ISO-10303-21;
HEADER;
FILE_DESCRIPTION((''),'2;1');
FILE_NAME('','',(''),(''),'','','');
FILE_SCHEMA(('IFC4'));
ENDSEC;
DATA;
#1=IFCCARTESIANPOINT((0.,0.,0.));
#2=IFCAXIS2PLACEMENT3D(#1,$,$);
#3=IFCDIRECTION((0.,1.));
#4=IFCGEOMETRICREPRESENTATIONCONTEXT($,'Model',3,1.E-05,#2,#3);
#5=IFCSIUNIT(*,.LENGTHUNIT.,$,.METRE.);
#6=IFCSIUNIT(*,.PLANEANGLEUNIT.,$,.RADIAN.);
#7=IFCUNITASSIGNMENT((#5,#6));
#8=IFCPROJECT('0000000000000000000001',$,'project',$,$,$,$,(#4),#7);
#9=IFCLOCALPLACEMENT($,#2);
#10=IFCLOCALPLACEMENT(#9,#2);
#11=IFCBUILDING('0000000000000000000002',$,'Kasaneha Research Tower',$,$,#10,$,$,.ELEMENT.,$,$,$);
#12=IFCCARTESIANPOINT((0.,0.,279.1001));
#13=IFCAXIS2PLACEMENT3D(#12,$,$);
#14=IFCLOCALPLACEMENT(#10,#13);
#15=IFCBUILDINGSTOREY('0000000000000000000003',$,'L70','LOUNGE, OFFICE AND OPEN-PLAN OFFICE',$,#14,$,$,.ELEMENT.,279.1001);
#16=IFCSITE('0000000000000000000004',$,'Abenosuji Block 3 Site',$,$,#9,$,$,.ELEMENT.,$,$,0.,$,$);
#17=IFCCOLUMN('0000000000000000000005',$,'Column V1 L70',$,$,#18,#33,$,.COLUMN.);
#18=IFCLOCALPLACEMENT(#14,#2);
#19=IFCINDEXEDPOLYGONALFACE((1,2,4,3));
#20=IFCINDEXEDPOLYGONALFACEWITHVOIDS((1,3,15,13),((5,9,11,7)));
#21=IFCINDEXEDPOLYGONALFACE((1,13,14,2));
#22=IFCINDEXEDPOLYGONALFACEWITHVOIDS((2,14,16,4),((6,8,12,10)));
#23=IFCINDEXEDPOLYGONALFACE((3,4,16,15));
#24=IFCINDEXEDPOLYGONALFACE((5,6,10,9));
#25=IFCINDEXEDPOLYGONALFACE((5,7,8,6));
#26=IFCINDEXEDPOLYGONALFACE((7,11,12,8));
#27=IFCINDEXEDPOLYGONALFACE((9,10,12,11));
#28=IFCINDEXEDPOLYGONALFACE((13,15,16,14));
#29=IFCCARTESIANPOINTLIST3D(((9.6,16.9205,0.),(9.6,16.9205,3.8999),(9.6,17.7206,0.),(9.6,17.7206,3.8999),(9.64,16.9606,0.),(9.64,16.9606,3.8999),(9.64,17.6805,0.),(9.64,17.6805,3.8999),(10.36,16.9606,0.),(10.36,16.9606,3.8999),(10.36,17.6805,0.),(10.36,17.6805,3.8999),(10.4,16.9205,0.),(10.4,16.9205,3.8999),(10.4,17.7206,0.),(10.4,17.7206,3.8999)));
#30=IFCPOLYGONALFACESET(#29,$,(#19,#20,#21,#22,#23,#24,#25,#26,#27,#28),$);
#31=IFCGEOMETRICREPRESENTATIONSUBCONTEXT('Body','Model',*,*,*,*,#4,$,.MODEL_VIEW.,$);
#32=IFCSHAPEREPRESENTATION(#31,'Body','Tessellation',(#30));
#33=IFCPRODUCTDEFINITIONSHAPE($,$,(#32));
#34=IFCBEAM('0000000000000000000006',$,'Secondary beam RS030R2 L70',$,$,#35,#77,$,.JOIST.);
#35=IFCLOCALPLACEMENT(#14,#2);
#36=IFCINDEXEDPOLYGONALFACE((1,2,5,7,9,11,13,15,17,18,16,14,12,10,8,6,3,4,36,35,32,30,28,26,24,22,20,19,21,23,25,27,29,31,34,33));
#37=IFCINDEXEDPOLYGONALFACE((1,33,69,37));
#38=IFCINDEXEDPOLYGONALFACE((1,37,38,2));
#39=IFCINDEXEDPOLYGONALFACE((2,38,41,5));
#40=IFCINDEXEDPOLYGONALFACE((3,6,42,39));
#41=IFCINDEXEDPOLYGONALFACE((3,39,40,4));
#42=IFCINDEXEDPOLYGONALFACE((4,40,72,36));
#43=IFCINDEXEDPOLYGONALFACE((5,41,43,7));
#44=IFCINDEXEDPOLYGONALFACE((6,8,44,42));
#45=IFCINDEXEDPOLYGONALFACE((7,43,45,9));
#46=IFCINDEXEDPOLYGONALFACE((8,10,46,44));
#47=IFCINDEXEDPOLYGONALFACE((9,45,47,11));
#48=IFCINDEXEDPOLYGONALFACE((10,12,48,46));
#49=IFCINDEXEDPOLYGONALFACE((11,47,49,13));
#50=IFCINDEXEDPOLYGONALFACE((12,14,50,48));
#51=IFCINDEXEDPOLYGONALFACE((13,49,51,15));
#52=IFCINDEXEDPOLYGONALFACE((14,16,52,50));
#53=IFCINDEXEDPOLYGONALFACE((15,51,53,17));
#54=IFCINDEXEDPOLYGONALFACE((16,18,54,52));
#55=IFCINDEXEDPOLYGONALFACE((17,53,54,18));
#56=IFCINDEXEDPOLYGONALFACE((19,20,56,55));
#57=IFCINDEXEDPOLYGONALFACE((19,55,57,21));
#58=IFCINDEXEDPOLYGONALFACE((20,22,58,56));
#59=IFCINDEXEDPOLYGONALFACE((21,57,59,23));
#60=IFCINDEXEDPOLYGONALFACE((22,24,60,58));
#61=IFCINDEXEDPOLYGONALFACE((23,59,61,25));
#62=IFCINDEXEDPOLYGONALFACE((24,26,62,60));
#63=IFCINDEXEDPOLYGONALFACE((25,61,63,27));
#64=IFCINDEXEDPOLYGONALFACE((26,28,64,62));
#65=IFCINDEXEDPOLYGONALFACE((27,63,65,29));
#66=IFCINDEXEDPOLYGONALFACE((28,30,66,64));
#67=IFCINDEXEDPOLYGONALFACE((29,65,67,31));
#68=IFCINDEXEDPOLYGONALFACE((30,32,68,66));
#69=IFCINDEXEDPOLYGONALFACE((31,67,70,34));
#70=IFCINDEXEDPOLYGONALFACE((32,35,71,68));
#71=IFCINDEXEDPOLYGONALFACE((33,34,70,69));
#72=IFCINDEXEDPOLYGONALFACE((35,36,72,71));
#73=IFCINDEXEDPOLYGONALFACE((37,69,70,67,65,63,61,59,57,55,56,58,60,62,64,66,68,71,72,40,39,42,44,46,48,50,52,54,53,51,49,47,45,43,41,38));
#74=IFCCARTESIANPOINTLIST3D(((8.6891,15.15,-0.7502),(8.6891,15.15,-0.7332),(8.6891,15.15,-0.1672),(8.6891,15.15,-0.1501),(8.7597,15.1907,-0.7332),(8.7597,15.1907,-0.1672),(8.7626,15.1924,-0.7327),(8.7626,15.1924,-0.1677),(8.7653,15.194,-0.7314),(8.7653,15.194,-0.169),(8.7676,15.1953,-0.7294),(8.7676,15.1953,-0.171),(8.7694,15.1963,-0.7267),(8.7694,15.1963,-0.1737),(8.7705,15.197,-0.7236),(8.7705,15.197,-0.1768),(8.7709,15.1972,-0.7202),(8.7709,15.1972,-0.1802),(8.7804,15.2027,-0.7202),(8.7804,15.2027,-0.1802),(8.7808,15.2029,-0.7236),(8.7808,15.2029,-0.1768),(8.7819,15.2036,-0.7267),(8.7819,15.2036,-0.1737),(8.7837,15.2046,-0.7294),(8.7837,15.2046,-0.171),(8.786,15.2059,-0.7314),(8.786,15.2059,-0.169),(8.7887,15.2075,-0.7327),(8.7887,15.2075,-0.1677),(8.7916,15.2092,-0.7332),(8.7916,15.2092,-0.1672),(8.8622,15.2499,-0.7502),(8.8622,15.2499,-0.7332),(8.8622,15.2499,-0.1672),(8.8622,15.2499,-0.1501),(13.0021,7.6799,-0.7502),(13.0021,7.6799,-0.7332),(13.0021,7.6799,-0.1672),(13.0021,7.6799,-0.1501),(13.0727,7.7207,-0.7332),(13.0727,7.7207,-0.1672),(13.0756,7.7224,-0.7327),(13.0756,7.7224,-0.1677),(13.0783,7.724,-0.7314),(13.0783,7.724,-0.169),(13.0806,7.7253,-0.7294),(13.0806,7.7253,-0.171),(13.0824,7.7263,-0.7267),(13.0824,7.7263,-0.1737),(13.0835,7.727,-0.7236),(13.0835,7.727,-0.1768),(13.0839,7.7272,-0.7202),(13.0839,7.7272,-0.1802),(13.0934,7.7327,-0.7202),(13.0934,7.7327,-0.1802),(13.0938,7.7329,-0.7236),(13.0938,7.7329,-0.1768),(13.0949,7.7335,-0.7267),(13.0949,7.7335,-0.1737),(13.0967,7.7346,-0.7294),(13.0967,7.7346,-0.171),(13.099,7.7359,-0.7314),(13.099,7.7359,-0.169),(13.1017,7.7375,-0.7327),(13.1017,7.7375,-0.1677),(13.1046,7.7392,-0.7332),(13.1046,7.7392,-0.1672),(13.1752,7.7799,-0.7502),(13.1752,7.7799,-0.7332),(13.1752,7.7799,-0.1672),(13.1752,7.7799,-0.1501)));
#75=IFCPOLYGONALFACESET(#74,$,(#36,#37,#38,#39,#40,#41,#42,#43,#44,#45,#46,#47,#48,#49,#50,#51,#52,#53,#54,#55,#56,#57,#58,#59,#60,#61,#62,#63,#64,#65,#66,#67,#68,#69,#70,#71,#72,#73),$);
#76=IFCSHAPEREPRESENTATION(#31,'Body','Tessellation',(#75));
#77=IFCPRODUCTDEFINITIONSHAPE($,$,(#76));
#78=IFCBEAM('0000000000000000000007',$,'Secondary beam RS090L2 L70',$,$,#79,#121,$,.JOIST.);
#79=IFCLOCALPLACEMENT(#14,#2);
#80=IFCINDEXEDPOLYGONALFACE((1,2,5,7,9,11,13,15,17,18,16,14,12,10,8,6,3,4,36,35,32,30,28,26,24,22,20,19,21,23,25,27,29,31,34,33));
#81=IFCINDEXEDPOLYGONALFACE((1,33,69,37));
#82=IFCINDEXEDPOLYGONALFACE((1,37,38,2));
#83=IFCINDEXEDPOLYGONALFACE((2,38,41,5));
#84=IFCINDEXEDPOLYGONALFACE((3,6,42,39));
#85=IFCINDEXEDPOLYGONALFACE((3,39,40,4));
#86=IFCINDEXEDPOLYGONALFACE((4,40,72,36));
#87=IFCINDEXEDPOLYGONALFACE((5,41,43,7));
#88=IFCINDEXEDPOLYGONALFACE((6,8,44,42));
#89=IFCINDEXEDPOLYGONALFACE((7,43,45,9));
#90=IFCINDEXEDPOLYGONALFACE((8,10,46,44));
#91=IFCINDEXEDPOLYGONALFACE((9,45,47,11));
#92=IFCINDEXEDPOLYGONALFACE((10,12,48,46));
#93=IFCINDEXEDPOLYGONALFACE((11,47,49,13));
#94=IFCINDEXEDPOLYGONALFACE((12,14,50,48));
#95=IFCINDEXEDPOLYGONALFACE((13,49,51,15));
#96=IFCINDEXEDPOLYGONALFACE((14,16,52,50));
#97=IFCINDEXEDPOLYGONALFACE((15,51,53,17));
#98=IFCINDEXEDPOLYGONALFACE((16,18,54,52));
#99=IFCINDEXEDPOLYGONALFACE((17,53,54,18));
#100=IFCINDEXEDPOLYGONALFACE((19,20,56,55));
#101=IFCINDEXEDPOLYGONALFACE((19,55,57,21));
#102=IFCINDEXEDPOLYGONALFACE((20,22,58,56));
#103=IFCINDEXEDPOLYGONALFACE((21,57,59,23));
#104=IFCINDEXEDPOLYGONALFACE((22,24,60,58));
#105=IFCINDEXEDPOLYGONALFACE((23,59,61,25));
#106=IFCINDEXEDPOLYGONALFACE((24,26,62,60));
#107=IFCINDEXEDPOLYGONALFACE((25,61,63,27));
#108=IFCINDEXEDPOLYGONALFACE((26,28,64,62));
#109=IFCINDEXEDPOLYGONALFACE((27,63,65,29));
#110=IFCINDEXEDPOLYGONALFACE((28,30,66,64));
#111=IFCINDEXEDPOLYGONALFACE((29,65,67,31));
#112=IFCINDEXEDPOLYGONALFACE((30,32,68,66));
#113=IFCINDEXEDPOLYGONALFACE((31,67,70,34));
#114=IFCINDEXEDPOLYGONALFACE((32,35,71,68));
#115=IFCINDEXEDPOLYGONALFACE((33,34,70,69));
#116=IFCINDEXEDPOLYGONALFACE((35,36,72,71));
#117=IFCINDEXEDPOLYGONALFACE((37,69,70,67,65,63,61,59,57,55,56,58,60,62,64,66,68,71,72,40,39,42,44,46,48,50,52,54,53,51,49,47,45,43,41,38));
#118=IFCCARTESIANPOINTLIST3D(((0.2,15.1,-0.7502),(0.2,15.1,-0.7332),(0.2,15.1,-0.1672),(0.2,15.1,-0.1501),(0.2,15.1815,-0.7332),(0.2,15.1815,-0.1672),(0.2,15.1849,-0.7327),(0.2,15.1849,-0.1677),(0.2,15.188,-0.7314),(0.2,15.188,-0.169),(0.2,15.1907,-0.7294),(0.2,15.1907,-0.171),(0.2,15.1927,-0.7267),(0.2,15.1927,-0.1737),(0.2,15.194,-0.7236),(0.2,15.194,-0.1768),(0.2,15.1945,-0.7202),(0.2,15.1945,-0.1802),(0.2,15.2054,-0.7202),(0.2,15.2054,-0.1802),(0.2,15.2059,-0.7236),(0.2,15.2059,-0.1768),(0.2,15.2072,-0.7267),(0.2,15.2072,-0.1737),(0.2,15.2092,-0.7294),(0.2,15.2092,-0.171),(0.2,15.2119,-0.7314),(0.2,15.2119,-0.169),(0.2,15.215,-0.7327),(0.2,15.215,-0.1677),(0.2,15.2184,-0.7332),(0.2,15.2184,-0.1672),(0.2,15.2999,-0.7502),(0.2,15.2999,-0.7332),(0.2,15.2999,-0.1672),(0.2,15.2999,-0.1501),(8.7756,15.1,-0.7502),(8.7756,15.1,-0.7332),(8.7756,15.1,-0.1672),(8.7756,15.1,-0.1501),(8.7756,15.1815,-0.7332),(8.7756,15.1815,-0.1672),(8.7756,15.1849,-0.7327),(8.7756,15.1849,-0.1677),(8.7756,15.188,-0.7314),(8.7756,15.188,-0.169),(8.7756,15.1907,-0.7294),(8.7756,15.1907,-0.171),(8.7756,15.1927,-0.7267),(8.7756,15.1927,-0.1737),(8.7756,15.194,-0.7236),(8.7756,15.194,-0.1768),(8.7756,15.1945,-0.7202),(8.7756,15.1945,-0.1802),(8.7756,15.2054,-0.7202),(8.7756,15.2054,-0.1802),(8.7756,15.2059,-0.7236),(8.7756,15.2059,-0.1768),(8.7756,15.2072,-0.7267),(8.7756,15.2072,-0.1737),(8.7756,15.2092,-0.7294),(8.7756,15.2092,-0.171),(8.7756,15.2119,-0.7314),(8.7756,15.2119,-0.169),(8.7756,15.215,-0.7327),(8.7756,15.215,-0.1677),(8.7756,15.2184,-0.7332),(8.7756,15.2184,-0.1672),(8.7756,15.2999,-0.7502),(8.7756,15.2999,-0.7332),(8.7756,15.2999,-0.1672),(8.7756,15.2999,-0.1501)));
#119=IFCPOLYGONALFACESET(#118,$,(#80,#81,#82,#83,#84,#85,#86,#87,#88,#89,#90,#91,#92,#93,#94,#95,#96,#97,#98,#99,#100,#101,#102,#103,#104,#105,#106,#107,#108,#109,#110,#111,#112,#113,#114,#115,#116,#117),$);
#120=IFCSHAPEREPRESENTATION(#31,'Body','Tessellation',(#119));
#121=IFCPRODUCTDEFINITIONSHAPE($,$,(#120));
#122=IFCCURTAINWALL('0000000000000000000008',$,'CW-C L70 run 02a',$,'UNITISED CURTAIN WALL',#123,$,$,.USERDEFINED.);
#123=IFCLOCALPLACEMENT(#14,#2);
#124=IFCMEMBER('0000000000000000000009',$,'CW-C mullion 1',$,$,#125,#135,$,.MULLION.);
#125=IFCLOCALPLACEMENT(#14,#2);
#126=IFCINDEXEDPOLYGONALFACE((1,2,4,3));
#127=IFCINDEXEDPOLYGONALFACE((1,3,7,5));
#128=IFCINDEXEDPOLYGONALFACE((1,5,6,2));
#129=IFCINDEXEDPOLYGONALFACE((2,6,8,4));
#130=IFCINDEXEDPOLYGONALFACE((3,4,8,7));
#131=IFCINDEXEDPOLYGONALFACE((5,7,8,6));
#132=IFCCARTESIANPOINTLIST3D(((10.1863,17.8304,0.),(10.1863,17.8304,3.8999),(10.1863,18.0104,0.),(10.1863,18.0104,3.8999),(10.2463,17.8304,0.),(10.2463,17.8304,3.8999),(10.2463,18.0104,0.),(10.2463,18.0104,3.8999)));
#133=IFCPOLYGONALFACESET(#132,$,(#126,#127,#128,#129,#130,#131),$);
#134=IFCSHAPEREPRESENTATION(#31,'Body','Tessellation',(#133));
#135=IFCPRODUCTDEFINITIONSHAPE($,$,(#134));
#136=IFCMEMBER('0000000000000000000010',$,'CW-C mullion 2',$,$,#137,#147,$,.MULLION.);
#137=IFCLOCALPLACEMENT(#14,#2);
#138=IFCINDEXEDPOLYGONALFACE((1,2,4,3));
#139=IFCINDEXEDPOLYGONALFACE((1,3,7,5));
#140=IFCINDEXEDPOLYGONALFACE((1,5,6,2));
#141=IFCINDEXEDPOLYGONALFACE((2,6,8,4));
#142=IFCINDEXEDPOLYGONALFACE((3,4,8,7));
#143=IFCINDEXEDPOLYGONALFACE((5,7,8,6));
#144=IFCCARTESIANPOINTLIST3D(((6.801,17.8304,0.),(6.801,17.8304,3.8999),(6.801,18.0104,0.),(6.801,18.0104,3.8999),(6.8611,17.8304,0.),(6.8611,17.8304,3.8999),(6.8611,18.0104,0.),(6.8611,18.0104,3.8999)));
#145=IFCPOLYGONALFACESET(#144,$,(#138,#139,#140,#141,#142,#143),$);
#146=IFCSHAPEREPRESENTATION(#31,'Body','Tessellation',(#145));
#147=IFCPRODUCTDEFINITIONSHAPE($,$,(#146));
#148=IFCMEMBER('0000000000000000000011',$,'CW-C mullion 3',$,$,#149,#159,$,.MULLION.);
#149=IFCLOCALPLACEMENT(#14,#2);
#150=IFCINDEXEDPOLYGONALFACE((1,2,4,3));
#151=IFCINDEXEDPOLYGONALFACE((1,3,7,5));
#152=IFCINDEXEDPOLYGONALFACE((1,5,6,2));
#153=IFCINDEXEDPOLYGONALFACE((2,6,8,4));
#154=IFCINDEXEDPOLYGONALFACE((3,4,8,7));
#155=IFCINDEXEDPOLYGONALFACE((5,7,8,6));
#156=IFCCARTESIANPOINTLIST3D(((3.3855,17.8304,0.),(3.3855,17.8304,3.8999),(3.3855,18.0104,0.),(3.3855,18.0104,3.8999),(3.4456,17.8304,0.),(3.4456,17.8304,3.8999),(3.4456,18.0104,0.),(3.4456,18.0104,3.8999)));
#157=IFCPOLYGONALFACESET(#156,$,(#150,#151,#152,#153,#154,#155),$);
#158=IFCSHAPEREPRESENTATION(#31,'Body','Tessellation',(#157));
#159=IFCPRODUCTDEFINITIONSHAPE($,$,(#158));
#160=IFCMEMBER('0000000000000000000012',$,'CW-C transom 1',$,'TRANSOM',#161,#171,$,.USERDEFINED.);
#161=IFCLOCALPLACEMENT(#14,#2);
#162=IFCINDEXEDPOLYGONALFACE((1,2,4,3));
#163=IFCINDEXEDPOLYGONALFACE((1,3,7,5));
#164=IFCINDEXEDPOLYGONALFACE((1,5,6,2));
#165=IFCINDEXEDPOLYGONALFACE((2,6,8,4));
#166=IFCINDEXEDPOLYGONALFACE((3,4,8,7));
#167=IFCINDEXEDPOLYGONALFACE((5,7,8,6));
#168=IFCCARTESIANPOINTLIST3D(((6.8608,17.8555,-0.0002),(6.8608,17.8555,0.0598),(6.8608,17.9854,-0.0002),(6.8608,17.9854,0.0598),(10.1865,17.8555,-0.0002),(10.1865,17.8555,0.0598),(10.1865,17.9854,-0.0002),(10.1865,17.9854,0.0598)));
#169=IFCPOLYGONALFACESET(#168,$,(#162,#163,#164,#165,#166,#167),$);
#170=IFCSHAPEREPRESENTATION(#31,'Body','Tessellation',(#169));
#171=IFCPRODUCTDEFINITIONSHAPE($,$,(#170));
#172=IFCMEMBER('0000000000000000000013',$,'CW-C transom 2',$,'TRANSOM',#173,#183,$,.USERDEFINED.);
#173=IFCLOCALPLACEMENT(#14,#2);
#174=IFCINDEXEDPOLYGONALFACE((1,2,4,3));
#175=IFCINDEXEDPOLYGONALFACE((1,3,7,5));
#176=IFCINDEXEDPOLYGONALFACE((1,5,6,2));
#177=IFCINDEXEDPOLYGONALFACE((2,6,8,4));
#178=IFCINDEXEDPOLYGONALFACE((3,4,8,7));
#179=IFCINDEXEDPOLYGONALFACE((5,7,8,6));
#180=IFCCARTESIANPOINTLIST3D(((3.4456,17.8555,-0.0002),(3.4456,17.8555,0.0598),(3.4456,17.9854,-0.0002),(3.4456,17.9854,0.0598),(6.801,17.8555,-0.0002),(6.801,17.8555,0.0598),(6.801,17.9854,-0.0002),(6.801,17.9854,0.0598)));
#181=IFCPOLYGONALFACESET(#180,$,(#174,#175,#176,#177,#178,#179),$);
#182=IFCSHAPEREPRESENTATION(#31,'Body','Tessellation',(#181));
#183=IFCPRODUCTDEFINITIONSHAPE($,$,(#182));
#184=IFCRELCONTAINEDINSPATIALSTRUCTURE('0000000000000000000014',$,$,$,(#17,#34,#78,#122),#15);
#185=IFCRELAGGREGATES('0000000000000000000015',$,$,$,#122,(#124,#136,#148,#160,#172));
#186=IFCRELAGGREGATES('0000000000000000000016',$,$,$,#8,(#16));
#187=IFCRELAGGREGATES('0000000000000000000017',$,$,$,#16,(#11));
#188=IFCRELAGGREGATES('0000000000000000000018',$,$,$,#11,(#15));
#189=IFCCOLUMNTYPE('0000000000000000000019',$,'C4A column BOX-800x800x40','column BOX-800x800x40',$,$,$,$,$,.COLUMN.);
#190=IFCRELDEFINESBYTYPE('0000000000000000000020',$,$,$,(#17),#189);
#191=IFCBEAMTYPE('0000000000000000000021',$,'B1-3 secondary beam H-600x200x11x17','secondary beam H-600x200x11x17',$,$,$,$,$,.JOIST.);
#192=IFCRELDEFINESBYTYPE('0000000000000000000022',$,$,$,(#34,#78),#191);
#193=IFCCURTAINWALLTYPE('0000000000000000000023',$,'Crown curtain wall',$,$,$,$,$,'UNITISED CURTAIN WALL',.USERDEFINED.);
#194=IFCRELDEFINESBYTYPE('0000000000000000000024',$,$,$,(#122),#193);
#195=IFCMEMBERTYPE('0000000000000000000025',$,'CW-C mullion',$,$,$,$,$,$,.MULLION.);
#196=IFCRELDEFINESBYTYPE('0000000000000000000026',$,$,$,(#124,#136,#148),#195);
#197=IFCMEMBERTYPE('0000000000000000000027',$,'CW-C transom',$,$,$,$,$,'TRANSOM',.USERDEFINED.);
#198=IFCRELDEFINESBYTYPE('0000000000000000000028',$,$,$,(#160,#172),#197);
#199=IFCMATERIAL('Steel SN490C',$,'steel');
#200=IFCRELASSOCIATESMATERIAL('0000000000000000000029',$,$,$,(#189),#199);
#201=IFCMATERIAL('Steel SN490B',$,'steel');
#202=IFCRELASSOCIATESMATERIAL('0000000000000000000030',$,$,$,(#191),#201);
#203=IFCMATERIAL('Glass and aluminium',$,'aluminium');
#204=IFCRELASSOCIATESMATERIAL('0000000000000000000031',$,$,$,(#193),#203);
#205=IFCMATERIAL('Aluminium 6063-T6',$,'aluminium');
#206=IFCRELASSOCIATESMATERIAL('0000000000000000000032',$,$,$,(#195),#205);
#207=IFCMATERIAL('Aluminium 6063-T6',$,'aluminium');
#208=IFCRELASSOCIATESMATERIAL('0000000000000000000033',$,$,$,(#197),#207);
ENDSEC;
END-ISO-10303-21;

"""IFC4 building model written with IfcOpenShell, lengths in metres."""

from ifc_helpers import new_model, si_unit, direction, frame, origin, origin_2d, place, context, subcontext, project, spatial, rectangle, hollow_rectangle, i_section, extrude, material, material_profile, profile_set, type_object, element, aggregate, save


model = new_model("IFC4")

# Units and contexts
model_context = context("Model", 3, precision=1e-05, world=origin(), true_north=direction((0.0, 1.0)))
body_context = subcontext(model_context, "Body", "Model", "MODEL_VIEW")
ifc_project = project(units=[si_unit("LENGTHUNIT", "METRE"), si_unit("PLANEANGLEUNIT", "RADIAN")], contexts=[model_context])

# Site, building, storey
site_placement = place(None, origin())
site = spatial("IfcSite", under=ifc_project, at=site_placement, Name="Abenosuji Block 3 Site", CompositionType="ELEMENT", RefElevation=0.0)
building_placement = place(site_placement, origin())
building = spatial("IfcBuilding", under=site, at=building_placement, Name="Kasaneha Research Tower", CompositionType="ELEMENT")
storey_placement = place(building_placement, frame((0.0, 0.0, 279.1001)))
storey = spatial("IfcBuildingStorey", under=building, at=storey_placement, Name="L70", Description="LOUNGE, OFFICE AND OPEN-PLAN OFFICE", CompositionType="ELEMENT", Elevation=279.1001)

# Column
ifc_material_1 = material(Name="Steel SN490C", Category="steel")
ifc_material_profile_1 = material_profile(ifc_material_1, hollow_rectangle(XDim=0.8, YDim=0.8, WallThickness=0.04, at=origin_2d()), Name="BOX-800x800x40")
ifc_profile_set_1 = profile_set([ifc_material_profile_1], Name="Steel SN490C")
column_type = type_object("IfcColumnType", Name="C4A column BOX-800x800x40", Description="column BOX-800x800x40", PredefinedType="COLUMN", material=ifc_profile_set_1)
column_placement = place(storey_placement, frame((10.0, 17.3206, 0.0), z_axis=(0.0, 0.0, 1.0), x_axis=(1.0, 0.0, 0.0)))
element("IfcColumn", 1, at=column_placement, inside=storey, type_object=column_type, Name="Column V1 L70", PredefinedType="COLUMN", context=body_context, shape_type="SweptSolid", body=[
    extrude(hollow_rectangle(XDim=0.8, YDim=0.8, WallThickness=0.04, at=origin_2d()), origin(), (0.0, 0.0, 1.0), 3.8999),
])

# Beams
ifc_material_2 = material(Name="Steel SN490B", Category="steel")
ifc_material_profile_2 = material_profile(ifc_material_2, i_section(OverallWidth=0.2, OverallDepth=0.6001, WebThickness=0.011, FlangeThickness=0.0171, FilletRadius=0.0129, at=origin_2d()), Name="H-600x200x11x17")
ifc_profile_set_2 = profile_set([ifc_material_profile_2], Name="Steel SN490B")
beam_type_1 = type_object("IfcBeamType", Name="B1-3 secondary beam H-600x200x11x17", Description="secondary beam H-600x200x11x17", PredefinedType="JOIST", material=ifc_profile_set_2)
beam_1_placement = place(storey_placement, frame((8.7756, 15.2, -0.4502), z_axis=(0.500017, -0.866015, 0.0), x_axis=(0.866015, 0.500017, 0.0)))
element("IfcBeam", 2, at=beam_1_placement, inside=storey, type_object=beam_type_1, Name="Secondary beam RS030R2 L70", PredefinedType="JOIST", context=body_context, shape_type="SweptSolid", body=[
    extrude(i_section(OverallWidth=0.2, OverallDepth=0.6001, WebThickness=0.011, FlangeThickness=0.0171, FilletRadius=0.0129, at=origin_2d()), origin(), (0.0, 0.0, 1.0), 8.6257),
])
beam_2_placement = place(storey_placement, frame((8.7756, 15.2, -0.4502), z_axis=(-1.0, 0.0, 0.0), x_axis=(0.0, -1.0, 0.0)))
element("IfcBeam", 3, at=beam_2_placement, inside=storey, type_object=beam_type_1, Name="Secondary beam RS090L2 L70", PredefinedType="JOIST", context=body_context, shape_type="SweptSolid", body=[
    extrude(i_section(OverallWidth=0.2, OverallDepth=0.6001, WebThickness=0.011, FlangeThickness=0.0171, FilletRadius=0.0129, at=origin_2d()), origin(), (0.0, 0.0, 1.0), 8.5757),
])

# Curtain wall, members
ifc_material_3 = material(Name="Glass and aluminium", Category="aluminium")
curtain_wall_type = type_object("IfcCurtainWallType", Name="Crown curtain wall", ElementType="UNITISED CURTAIN WALL", PredefinedType="USERDEFINED", material=ifc_material_3)
curtain_wall_placement = place(storey_placement, origin())
curtain_wall = element("IfcCurtainWall", 4, at=curtain_wall_placement, inside=storey, type_object=curtain_wall_type, Name="CW-C L70 run 02a", ObjectType="UNITISED CURTAIN WALL", PredefinedType="USERDEFINED")
ifc_material_4 = material(Name="Aluminium 6063-T6", Category="aluminium")
ifc_material_profile_3 = material_profile(ifc_material_4, rectangle(XDim=0.0601, YDim=0.1799, at=origin_2d()), Name="CW-C mullion 60x180")
ifc_profile_set_3 = profile_set([ifc_material_profile_3], Name="Aluminium 6063-T6")
member_type_1 = type_object("IfcMemberType", Name="CW-C mullion", PredefinedType="MULLION", material=ifc_profile_set_3)
member_1_placement = place(storey_placement, frame((10.2163, 17.9204, 0.0), z_axis=(0.0, 0.0, 1.0), x_axis=(-1.0, 0.0, 0.0)))
member_1 = element("IfcMember", 5, at=member_1_placement, type_object=member_type_1, Name="CW-C mullion 1", PredefinedType="MULLION", context=body_context, shape_type="SweptSolid", body=[
    extrude(rectangle(XDim=0.0601, YDim=0.1799, at=origin_2d()), origin(), (0.0, 0.0, 1.0), 3.8999),
])
member_2_placement = place(storey_placement, frame((6.8311, 17.9204, 0.0), z_axis=(0.0, 0.0, 1.0), x_axis=(-1.0, 0.0, 0.0)))
member_2 = element("IfcMember", 6, at=member_2_placement, type_object=member_type_1, Name="CW-C mullion 2", PredefinedType="MULLION", context=body_context, shape_type="SweptSolid", body=[
    extrude(rectangle(XDim=0.0601, YDim=0.1799, at=origin_2d()), origin(), (0.0, 0.0, 1.0), 3.8999),
])
member_3_placement = place(storey_placement, frame((3.4155, 17.9204, 0.0), z_axis=(0.0, 0.0, 1.0), x_axis=(-1.0, 0.0, 0.0)))
member_3 = element("IfcMember", 7, at=member_3_placement, type_object=member_type_1, Name="CW-C mullion 3", PredefinedType="MULLION", context=body_context, shape_type="SweptSolid", body=[
    extrude(rectangle(XDim=0.0601, YDim=0.1799, at=origin_2d()), origin(), (0.0, 0.0, 1.0), 3.8999),
])
ifc_material_5 = material(Name="Aluminium 6063-T6", Category="aluminium")
ifc_material_profile_4 = material_profile(ifc_material_5, rectangle(XDim=0.1299, YDim=0.0601, at=origin_2d()), Name="CW-C transom 130x60")
ifc_profile_set_4 = profile_set([ifc_material_profile_4], Name="Aluminium 6063-T6")
member_type_2 = type_object("IfcMemberType", Name="CW-C transom", ElementType="TRANSOM", PredefinedType="USERDEFINED", material=ifc_profile_set_4)
member_4_placement = place(storey_placement, frame((10.1865, 17.9204, 0.0298), z_axis=(-1.0, 0.0, 0.0), x_axis=(0.0, -1.0, 0.0)))
member_4 = element("IfcMember", 8, at=member_4_placement, type_object=member_type_2, Name="CW-C transom 1", ObjectType="TRANSOM", PredefinedType="USERDEFINED", context=body_context, shape_type="SweptSolid", body=[
    extrude(rectangle(XDim=0.1299, YDim=0.0601, at=origin_2d()), origin(), (0.0, 0.0, 1.0), 3.3257),
])
member_5_placement = place(storey_placement, frame((6.801, 17.9204, 0.0298), z_axis=(-1.0, 0.0, 0.0), x_axis=(0.0, -1.0, 0.0)))
member_5 = element("IfcMember", 9, at=member_5_placement, type_object=member_type_2, Name="CW-C transom 2", ObjectType="TRANSOM", PredefinedType="USERDEFINED", context=body_context, shape_type="SweptSolid", body=[
    extrude(rectangle(XDim=0.1299, YDim=0.0601, at=origin_2d()), origin(), (0.0, 0.0, 1.0), 3.3555),
])

aggregate(curtain_wall, [member_1, member_2, member_3, member_4, member_5])

save(model, "model.ifc")
